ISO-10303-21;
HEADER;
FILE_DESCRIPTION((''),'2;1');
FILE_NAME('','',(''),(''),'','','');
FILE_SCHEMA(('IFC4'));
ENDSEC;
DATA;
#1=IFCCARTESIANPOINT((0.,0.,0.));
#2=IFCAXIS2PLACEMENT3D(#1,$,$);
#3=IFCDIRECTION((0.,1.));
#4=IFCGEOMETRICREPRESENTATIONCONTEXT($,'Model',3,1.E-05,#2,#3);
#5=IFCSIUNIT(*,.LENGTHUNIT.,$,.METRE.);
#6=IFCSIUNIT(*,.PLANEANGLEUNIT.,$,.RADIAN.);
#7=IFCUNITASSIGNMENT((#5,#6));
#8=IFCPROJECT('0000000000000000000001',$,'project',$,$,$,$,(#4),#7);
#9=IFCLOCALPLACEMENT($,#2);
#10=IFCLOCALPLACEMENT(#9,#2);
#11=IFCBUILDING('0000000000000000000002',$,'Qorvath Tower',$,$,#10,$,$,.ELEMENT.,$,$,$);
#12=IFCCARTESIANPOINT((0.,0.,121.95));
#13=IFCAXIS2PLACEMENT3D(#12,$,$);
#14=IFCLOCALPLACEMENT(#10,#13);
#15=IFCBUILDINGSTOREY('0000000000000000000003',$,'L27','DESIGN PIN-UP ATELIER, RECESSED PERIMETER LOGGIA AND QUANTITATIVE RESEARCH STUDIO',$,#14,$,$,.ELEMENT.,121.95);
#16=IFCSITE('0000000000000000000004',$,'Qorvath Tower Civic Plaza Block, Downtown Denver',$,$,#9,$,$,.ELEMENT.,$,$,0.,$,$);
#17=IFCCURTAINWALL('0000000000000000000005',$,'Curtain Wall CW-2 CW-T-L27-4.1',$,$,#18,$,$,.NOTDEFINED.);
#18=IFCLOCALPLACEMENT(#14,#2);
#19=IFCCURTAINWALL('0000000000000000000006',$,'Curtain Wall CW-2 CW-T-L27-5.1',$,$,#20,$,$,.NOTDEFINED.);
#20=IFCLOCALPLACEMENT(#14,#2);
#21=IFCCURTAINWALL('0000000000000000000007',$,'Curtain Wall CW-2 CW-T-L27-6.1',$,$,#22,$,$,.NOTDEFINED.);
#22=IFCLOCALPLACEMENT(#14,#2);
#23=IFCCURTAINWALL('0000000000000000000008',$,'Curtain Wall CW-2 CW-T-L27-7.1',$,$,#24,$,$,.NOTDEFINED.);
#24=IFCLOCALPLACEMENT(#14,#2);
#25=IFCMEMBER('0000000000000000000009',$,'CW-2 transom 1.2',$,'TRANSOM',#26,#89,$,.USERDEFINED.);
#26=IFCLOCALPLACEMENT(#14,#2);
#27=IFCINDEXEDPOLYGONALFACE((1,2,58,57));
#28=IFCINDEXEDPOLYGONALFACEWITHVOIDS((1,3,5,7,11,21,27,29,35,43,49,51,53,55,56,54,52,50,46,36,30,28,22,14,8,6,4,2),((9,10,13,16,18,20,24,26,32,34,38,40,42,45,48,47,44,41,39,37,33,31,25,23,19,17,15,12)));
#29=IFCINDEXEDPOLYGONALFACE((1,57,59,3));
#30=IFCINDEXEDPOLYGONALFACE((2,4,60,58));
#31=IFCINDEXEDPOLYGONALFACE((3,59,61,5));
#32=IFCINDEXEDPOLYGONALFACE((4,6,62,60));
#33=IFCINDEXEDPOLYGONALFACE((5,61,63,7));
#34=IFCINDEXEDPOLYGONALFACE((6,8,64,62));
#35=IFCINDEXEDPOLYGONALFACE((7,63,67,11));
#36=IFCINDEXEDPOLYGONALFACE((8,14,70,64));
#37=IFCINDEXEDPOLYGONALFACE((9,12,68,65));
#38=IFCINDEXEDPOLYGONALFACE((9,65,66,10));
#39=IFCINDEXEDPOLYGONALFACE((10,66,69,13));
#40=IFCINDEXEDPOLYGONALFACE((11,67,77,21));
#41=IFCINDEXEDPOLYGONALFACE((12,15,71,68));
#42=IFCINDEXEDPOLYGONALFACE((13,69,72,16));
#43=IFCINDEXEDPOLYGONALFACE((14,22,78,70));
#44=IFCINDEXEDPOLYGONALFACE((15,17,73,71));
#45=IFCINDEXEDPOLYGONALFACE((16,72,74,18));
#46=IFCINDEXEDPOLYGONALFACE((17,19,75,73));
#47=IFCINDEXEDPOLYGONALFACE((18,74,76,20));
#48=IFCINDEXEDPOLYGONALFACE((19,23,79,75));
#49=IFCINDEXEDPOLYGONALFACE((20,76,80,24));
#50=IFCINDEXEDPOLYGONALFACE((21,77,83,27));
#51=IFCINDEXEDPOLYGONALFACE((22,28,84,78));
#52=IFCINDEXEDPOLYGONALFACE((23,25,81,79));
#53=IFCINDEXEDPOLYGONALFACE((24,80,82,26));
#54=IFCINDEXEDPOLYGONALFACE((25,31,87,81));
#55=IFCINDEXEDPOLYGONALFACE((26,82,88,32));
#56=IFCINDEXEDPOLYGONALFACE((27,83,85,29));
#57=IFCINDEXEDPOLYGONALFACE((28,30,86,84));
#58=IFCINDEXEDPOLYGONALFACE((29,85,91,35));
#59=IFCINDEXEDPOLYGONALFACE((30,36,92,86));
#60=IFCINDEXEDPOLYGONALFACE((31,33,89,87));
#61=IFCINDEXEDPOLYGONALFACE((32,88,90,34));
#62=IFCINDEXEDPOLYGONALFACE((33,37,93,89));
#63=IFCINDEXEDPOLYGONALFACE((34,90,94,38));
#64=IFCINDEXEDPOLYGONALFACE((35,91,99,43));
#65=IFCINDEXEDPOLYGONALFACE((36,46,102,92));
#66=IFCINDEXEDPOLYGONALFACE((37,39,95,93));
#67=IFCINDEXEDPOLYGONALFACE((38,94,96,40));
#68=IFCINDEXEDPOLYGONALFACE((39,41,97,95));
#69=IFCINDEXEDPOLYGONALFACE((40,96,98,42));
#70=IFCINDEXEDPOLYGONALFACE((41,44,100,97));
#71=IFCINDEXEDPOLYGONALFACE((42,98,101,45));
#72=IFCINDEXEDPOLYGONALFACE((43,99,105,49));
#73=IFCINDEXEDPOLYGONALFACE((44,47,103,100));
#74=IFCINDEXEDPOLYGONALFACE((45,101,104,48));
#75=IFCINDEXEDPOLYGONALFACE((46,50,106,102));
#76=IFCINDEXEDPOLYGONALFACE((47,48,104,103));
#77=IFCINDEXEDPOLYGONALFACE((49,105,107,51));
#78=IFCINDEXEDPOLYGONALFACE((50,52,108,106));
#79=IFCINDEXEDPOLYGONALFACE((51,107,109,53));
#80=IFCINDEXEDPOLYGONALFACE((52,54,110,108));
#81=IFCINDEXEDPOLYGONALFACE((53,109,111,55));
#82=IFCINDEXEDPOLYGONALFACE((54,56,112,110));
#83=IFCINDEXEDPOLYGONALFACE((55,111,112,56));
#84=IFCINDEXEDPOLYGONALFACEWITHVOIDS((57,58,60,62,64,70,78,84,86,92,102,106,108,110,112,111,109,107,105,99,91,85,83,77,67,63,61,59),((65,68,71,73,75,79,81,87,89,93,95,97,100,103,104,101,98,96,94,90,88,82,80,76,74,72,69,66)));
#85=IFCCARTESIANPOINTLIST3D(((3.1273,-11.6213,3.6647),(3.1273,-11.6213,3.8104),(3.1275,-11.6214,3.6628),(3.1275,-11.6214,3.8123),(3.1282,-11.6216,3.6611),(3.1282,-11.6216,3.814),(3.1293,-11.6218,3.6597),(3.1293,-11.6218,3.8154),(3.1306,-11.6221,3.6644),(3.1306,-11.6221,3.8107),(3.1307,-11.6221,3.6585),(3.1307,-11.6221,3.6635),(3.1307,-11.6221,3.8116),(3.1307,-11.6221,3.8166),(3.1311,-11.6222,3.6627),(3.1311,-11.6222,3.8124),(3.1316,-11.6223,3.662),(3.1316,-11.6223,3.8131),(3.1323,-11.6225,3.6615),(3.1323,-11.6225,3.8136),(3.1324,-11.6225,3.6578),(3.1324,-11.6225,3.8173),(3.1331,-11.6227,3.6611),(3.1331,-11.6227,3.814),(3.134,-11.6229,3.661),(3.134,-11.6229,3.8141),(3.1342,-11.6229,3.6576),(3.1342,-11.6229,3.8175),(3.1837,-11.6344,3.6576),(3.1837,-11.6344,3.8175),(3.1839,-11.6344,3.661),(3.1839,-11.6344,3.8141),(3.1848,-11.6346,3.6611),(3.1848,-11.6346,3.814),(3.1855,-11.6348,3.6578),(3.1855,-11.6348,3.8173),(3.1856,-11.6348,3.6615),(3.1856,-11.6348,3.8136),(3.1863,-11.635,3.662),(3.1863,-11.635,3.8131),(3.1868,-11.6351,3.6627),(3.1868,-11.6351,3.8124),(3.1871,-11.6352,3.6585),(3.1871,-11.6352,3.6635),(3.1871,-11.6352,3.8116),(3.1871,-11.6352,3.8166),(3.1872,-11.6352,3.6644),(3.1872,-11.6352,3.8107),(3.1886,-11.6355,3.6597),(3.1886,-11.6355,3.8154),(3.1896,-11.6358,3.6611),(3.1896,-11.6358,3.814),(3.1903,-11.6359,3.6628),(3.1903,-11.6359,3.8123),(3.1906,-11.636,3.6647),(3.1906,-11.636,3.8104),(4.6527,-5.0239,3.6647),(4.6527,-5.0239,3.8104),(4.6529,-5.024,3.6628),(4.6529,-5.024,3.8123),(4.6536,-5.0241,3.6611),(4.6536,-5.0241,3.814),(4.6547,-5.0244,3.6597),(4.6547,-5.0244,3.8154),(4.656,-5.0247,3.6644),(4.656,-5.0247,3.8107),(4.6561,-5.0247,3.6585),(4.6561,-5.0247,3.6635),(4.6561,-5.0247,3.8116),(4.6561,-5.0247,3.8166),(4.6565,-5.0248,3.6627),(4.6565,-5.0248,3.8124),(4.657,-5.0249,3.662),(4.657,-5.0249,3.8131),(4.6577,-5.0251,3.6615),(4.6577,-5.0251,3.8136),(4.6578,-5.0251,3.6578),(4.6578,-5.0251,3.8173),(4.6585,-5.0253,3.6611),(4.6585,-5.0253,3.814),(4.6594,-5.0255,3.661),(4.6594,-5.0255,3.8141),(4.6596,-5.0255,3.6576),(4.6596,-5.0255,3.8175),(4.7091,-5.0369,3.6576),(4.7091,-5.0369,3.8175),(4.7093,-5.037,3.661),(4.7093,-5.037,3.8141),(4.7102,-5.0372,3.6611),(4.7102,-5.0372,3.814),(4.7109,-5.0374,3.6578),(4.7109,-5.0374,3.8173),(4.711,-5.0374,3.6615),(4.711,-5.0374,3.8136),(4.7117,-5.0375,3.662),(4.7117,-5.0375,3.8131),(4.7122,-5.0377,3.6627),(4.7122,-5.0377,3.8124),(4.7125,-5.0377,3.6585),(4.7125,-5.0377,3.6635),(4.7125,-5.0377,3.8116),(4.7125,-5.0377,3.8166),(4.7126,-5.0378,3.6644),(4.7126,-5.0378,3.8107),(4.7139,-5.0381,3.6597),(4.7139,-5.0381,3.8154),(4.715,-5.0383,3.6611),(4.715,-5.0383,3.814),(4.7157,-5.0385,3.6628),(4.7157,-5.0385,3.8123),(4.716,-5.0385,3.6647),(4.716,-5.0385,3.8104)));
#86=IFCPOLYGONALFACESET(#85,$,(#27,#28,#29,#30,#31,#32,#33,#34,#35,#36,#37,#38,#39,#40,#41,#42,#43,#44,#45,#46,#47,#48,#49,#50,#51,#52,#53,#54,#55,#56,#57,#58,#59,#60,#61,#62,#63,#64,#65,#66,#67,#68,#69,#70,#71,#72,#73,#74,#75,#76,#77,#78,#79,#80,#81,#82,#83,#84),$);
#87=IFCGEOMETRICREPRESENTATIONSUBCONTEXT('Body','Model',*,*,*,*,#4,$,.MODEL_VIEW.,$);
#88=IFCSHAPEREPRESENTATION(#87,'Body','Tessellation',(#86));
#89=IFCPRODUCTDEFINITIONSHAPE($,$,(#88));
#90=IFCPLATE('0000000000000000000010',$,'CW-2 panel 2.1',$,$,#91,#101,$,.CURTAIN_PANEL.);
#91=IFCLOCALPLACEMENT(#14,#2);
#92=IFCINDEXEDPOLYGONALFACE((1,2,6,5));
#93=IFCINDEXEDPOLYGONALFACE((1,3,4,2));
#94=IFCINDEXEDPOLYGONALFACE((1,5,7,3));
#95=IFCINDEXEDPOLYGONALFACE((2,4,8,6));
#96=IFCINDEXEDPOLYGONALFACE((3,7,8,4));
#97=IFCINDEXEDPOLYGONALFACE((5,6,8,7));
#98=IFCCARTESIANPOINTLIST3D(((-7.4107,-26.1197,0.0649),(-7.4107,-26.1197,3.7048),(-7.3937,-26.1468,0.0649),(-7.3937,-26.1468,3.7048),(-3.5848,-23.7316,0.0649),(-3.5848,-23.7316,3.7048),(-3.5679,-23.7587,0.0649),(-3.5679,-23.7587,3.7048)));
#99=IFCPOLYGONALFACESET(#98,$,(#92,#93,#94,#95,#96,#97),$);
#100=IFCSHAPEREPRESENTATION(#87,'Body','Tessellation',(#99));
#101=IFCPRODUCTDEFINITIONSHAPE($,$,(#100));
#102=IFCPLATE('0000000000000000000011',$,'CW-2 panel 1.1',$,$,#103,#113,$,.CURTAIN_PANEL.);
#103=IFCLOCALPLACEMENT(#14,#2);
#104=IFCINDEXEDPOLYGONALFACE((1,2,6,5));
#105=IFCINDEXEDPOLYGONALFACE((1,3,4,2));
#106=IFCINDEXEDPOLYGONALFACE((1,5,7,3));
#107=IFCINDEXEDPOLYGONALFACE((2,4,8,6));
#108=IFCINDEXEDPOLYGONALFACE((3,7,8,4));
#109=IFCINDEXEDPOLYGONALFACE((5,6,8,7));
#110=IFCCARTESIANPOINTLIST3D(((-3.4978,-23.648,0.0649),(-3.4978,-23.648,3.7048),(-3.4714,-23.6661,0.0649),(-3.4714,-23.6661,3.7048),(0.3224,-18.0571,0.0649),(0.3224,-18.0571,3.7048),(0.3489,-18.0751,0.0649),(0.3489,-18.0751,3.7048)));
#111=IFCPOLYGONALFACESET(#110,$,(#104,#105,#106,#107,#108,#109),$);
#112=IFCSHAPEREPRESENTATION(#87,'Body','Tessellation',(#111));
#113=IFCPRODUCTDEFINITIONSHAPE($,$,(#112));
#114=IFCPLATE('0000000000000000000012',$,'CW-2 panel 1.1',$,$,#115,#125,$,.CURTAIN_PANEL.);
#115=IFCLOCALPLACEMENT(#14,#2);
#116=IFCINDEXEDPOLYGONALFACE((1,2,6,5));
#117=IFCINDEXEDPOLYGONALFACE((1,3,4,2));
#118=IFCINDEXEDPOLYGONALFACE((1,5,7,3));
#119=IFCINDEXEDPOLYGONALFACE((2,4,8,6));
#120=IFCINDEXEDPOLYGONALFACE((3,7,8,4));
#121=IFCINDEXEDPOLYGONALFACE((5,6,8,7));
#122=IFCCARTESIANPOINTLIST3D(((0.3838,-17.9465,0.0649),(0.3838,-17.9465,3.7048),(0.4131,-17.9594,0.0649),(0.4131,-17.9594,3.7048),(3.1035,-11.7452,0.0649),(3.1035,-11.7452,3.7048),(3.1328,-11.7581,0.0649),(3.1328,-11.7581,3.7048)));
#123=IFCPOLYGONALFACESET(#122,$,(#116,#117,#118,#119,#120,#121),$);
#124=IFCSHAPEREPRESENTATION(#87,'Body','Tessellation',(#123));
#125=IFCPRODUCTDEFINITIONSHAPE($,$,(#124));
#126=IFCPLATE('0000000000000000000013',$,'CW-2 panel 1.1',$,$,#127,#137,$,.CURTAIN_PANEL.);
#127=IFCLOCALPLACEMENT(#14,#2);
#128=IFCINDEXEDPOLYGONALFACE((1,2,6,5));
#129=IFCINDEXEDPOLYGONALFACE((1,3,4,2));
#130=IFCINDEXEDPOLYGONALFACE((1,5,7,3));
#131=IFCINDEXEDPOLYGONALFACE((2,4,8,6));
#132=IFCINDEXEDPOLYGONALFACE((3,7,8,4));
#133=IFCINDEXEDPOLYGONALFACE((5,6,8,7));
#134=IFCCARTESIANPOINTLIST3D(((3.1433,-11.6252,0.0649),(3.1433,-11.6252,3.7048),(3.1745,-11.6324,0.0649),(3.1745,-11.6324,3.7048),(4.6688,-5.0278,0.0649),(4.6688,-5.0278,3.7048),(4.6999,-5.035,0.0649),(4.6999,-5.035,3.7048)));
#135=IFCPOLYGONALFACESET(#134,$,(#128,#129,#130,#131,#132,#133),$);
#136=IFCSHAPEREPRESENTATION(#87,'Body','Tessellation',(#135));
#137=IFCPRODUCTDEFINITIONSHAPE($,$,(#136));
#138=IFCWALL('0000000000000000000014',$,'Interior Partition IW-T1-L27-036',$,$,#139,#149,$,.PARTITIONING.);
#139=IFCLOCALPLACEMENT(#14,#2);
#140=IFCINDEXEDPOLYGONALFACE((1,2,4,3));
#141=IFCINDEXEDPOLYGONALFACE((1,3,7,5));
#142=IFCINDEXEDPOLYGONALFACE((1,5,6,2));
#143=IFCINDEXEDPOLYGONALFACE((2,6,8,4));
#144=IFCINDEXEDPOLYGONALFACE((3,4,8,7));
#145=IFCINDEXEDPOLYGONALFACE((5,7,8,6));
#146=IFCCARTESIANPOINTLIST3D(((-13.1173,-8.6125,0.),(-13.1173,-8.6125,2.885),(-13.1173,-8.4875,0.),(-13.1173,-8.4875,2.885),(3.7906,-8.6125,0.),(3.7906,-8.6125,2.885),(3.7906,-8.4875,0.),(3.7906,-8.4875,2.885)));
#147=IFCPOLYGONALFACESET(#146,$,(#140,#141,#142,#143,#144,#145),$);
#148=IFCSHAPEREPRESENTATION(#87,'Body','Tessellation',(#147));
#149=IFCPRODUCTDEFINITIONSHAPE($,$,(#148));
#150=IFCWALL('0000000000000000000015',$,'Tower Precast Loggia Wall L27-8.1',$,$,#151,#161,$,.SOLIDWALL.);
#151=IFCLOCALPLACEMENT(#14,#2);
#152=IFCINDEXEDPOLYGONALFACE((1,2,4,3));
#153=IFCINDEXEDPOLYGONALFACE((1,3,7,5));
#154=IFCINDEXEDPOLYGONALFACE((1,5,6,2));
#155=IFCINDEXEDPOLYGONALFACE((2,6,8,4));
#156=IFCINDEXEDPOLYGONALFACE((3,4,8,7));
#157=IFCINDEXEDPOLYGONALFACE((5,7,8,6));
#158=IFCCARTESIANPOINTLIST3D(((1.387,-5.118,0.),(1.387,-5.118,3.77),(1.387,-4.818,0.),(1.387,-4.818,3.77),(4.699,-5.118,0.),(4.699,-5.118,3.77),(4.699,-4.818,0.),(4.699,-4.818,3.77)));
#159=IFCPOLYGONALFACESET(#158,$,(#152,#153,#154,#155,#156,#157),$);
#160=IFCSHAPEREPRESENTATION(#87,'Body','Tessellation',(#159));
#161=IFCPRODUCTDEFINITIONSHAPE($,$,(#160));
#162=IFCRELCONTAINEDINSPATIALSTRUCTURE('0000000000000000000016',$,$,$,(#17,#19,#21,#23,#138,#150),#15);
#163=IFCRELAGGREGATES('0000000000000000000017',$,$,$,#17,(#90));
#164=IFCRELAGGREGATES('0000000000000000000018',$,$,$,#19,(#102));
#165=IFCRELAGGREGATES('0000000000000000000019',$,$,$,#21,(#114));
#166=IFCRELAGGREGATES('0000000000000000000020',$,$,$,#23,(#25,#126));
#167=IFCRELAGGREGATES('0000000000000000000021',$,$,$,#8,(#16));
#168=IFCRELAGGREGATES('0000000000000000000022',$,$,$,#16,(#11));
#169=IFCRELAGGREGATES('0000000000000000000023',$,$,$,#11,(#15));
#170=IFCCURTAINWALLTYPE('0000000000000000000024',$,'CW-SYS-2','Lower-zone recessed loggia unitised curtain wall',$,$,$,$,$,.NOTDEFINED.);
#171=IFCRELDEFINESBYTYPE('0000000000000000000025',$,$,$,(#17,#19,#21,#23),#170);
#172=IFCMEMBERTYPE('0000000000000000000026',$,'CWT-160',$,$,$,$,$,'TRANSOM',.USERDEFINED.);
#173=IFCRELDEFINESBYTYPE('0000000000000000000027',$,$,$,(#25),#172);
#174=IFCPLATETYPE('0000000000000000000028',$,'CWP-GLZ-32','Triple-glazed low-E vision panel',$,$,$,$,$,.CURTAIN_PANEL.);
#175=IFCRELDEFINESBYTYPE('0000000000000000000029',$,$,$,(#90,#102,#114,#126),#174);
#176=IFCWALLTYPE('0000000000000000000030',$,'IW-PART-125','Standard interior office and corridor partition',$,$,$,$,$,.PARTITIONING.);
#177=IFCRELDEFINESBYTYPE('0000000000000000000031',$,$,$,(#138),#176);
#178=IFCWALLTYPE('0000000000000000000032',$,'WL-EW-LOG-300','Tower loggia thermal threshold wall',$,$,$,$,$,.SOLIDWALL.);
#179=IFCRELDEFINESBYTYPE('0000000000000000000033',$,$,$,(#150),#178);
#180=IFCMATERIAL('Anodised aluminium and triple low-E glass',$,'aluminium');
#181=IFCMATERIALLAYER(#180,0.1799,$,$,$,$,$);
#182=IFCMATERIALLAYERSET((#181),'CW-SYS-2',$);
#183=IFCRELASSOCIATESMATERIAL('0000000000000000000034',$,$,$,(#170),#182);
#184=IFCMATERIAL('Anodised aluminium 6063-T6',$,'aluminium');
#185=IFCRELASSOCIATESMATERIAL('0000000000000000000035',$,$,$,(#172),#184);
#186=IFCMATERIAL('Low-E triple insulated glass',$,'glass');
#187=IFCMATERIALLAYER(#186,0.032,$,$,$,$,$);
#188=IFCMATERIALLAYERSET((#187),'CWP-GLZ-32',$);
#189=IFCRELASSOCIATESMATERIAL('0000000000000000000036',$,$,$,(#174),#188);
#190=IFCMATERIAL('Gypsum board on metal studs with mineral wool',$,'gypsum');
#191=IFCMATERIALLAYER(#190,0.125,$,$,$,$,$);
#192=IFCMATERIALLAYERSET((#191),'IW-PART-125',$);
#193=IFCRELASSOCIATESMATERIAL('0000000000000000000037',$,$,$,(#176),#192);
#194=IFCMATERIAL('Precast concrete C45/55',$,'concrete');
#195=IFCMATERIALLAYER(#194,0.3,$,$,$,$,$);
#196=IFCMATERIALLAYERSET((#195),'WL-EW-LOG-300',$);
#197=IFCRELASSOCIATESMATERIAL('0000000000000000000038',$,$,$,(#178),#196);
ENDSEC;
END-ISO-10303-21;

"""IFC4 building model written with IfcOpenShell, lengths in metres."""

from ifc_helpers import new_model, si_unit, direction, frame, frame_2d, origin, origin_2d, place, context, subcontext, project, spatial, rectangle, hollow_rectangle, extrude, material, layer, layer_set, material_profile, profile_set, type_object, element, aggregate, save


model = new_model("IFC4")

# Units and contexts
model_context = context("Model", 3, precision=1e-05, world=origin(), true_north=direction((0.0, 1.0)))
body_context = subcontext(model_context, "Body", "Model", "MODEL_VIEW")
ifc_project = project(units=[si_unit("LENGTHUNIT", "METRE"), si_unit("PLANEANGLEUNIT", "RADIAN")], contexts=[model_context])

# Site, building, storey
site_placement = place(None, origin())
site = spatial("IfcSite", under=ifc_project, at=site_placement, Name="Qorvath Tower Civic Plaza Block, Downtown Denver", CompositionType="ELEMENT", RefElevation=0.0)
building_placement = place(site_placement, origin())
building = spatial("IfcBuilding", under=site, at=building_placement, Name="Qorvath Tower", CompositionType="ELEMENT")
storey_placement = place(building_placement, frame((0.0, 0.0, 121.95)))
storey = spatial("IfcBuildingStorey", under=building, at=storey_placement, Name="L27", Description="DESIGN PIN-UP ATELIER, RECESSED PERIMETER LOGGIA AND QUANTITATIVE RESEARCH STUDIO", CompositionType="ELEMENT", Elevation=121.95)

# Curtain wall
ifc_material_1 = material(Name="Anodised aluminium and triple low-E glass", Category="aluminium")
ifc_layer_1 = layer(ifc_material_1, 0.1799)
ifc_layer_set_1 = layer_set([ifc_layer_1], Name="CW-SYS-2")
curtain_wall_type = type_object("IfcCurtainWallType", Name="CW-SYS-2", Description="Lower-zone recessed loggia unitised curtain wall", PredefinedType="NOTDEFINED", material=ifc_layer_set_1)
curtain_wall_1_placement = place(storey_placement, origin())
curtain_wall_1 = element("IfcCurtainWall", 1, at=curtain_wall_1_placement, inside=storey, type_object=curtain_wall_type, Name="Curtain Wall CW-2 CW-T-L27-4.1", PredefinedType="NOTDEFINED")

# Curtain walls
curtain_wall_2_placement = place(storey_placement, origin())
curtain_wall_2 = element("IfcCurtainWall", 2, at=curtain_wall_2_placement, inside=storey, type_object=curtain_wall_type, Name="Curtain Wall CW-2 CW-T-L27-5.1", PredefinedType="NOTDEFINED")
curtain_wall_3_placement = place(storey_placement, origin())
curtain_wall_3 = element("IfcCurtainWall", 3, at=curtain_wall_3_placement, inside=storey, type_object=curtain_wall_type, Name="Curtain Wall CW-2 CW-T-L27-6.1", PredefinedType="NOTDEFINED")
curtain_wall_4_placement = place(storey_placement, origin())
curtain_wall_4 = element("IfcCurtainWall", 4, at=curtain_wall_4_placement, inside=storey, type_object=curtain_wall_type, Name="Curtain Wall CW-2 CW-T-L27-7.1", PredefinedType="NOTDEFINED")

# Member
ifc_material_2 = material(Name="Anodised aluminium 6063-T6", Category="aluminium")
ifc_material_profile_1 = material_profile(ifc_material_2, hollow_rectangle(XDim=0.0649, YDim=0.1599, WallThickness=0.0034, InnerFilletRadius=0.0034, OuterFilletRadius=0.0071, at=origin_2d()), Name="CWT 160x65")
ifc_profile_set_1 = profile_set([ifc_material_profile_1], Name="Anodised aluminium 6063-T6")
member_type_1 = type_object("IfcMemberType", Name="CWT-160", ElementType="TRANSOM", PredefinedType="USERDEFINED", material=ifc_profile_set_1)
member_1_placement = place(storey_placement, frame((3.1589, -11.6287, 3.7375), z_axis=(0.225268, 0.974297, 0.0), x_axis=(-0.974297, 0.225268, 0.0)))
member_1 = element("IfcMember", 5, at=member_1_placement, type_object=member_type_1, Name="CW-2 transom 1.2", ObjectType="TRANSOM", PredefinedType="USERDEFINED", context=body_context, shape_type="SweptSolid", body=[
    extrude(hollow_rectangle(XDim=0.0649, YDim=0.1599, WallThickness=0.0034, InnerFilletRadius=0.0034, OuterFilletRadius=0.0071, at=origin_2d()), origin(), (0.0, 0.0, 1.0), 6.7715),
])

# Plates
ifc_material_3 = material(Name="Low-E triple insulated glass", Category="glass")
ifc_layer_2 = layer(ifc_material_3, 0.032)
ifc_layer_set_2 = layer_set([ifc_layer_2], Name="CWP-GLZ-32")
plate_type = type_object("IfcPlateType", Name="CWP-GLZ-32", Description="Triple-glazed low-E vision panel", PredefinedType="CURTAIN_PANEL", material=ifc_layer_set_2)
plate_1_placement = place(storey_placement, frame((-5.4893, -24.9392, 0.0649), z_axis=(0.0, 0.0, 1.0), x_axis=(0.848308, 0.529503, 0.0)))
plate_1 = element("IfcPlate", 6, at=plate_1_placement, type_object=plate_type, Name="CW-2 panel 2.1", PredefinedType="CURTAIN_PANEL", context=body_context, shape_type="SweptSolid", body=[
    extrude(rectangle(XDim=4.51, YDim=0.032, at=origin_2d()), origin(), (0.0, 0.0, 1.0), 3.6399),
])
aggregate(curtain_wall_1, [plate_1])
plate_2_placement = place(storey_placement, frame((-1.5745, -20.8616, 0.0649), z_axis=(0.0, 0.0, 1.0), x_axis=(0.564164, 0.825663, 0.0)))
plate_2 = element("IfcPlate", 7, at=plate_2_placement, type_object=plate_type, Name="CW-2 panel 1.1", PredefinedType="CURTAIN_PANEL", context=body_context, shape_type="SweptSolid", body=[
    extrude(rectangle(XDim=6.7715, YDim=0.032, at=origin_2d()), origin(), (0.0, 0.0, 1.0), 3.6399),
])
aggregate(curtain_wall_2, [plate_2])
plate_3_placement = place(storey_placement, frame((1.7583, -14.8523, 0.0649), z_axis=(0.0, 0.0, 1.0), x_axis=(0.401649, 0.915794, 0.0)))
plate_3 = element("IfcPlate", 8, at=plate_3_placement, type_object=plate_type, Name="CW-2 panel 1.1", PredefinedType="CURTAIN_PANEL", context=body_context, shape_type="SweptSolid", body=[
    extrude(rectangle(XDim=6.7715, YDim=0.032, at=origin_2d()), origin(), (0.0, 0.0, 1.0), 3.6399),
])
aggregate(curtain_wall_3, [plate_3])
plate_4_placement = place(storey_placement, frame((3.9216, -8.3301, 0.0649), z_axis=(0.0, 0.0, 1.0), x_axis=(0.22527, 0.974296, 0.0)))
plate_4 = element("IfcPlate", 9, at=plate_4_placement, type_object=plate_type, Name="CW-2 panel 1.1", PredefinedType="CURTAIN_PANEL", context=body_context, shape_type="SweptSolid", body=[
    extrude(rectangle(XDim=6.7715, YDim=0.032, at=origin_2d()), origin(), (0.0, 0.0, 1.0), 3.6399),
])
aggregate(curtain_wall_4, [member_1, plate_4])

# Walls
ifc_material_4 = material(Name="Gypsum board on metal studs with mineral wool", Category="gypsum")
ifc_layer_3 = layer(ifc_material_4, 0.125)
ifc_layer_set_3 = layer_set([ifc_layer_3], Name="IW-PART-125")
wall_type_1 = type_object("IfcWallType", Name="IW-PART-125", Description="Standard interior office and corridor partition", PredefinedType="PARTITIONING", material=ifc_layer_set_3)
wall_1_placement = place(storey_placement, frame((3.7908, -8.55, 0.0), z_axis=(0.0, 0.0, 1.0), x_axis=(-1.0, 0.0, 0.0)))
element("IfcWall", 10, at=wall_1_placement, inside=storey, type_object=wall_type_1, Name="Interior Partition IW-T1-L27-036", PredefinedType="PARTITIONING", context=body_context, shape_type="SweptSolid", body=[
    extrude(rectangle(XDim=16.908, YDim=0.125, at=frame_2d((8.4541, 0.0))), origin(), (0.0, 0.0, 1.0), 2.885),
])
ifc_material_5 = material(Name="Precast concrete C45/55", Category="concrete")
ifc_layer_4 = layer(ifc_material_5, 0.3)
ifc_layer_set_4 = layer_set([ifc_layer_4], Name="WL-EW-LOG-300")
wall_type_2 = type_object("IfcWallType", Name="WL-EW-LOG-300", Description="Tower loggia thermal threshold wall", PredefinedType="SOLIDWALL", material=ifc_layer_set_4)
wall_2_placement = place(storey_placement, frame((4.699, -4.968, 0.0), z_axis=(0.0, 0.0, 1.0), x_axis=(-1.0, 0.0, 0.0)))
element("IfcWall", 11, at=wall_2_placement, inside=storey, type_object=wall_type_2, Name="Tower Precast Loggia Wall L27-8.1", PredefinedType="SOLIDWALL", context=body_context, shape_type="SweptSolid", body=[
    extrude(rectangle(XDim=3.312, YDim=0.3, at=frame_2d((1.656, 0.0))), origin(), (0.0, 0.0, 1.0), 3.77),
])

save(model, "model.ifc")
